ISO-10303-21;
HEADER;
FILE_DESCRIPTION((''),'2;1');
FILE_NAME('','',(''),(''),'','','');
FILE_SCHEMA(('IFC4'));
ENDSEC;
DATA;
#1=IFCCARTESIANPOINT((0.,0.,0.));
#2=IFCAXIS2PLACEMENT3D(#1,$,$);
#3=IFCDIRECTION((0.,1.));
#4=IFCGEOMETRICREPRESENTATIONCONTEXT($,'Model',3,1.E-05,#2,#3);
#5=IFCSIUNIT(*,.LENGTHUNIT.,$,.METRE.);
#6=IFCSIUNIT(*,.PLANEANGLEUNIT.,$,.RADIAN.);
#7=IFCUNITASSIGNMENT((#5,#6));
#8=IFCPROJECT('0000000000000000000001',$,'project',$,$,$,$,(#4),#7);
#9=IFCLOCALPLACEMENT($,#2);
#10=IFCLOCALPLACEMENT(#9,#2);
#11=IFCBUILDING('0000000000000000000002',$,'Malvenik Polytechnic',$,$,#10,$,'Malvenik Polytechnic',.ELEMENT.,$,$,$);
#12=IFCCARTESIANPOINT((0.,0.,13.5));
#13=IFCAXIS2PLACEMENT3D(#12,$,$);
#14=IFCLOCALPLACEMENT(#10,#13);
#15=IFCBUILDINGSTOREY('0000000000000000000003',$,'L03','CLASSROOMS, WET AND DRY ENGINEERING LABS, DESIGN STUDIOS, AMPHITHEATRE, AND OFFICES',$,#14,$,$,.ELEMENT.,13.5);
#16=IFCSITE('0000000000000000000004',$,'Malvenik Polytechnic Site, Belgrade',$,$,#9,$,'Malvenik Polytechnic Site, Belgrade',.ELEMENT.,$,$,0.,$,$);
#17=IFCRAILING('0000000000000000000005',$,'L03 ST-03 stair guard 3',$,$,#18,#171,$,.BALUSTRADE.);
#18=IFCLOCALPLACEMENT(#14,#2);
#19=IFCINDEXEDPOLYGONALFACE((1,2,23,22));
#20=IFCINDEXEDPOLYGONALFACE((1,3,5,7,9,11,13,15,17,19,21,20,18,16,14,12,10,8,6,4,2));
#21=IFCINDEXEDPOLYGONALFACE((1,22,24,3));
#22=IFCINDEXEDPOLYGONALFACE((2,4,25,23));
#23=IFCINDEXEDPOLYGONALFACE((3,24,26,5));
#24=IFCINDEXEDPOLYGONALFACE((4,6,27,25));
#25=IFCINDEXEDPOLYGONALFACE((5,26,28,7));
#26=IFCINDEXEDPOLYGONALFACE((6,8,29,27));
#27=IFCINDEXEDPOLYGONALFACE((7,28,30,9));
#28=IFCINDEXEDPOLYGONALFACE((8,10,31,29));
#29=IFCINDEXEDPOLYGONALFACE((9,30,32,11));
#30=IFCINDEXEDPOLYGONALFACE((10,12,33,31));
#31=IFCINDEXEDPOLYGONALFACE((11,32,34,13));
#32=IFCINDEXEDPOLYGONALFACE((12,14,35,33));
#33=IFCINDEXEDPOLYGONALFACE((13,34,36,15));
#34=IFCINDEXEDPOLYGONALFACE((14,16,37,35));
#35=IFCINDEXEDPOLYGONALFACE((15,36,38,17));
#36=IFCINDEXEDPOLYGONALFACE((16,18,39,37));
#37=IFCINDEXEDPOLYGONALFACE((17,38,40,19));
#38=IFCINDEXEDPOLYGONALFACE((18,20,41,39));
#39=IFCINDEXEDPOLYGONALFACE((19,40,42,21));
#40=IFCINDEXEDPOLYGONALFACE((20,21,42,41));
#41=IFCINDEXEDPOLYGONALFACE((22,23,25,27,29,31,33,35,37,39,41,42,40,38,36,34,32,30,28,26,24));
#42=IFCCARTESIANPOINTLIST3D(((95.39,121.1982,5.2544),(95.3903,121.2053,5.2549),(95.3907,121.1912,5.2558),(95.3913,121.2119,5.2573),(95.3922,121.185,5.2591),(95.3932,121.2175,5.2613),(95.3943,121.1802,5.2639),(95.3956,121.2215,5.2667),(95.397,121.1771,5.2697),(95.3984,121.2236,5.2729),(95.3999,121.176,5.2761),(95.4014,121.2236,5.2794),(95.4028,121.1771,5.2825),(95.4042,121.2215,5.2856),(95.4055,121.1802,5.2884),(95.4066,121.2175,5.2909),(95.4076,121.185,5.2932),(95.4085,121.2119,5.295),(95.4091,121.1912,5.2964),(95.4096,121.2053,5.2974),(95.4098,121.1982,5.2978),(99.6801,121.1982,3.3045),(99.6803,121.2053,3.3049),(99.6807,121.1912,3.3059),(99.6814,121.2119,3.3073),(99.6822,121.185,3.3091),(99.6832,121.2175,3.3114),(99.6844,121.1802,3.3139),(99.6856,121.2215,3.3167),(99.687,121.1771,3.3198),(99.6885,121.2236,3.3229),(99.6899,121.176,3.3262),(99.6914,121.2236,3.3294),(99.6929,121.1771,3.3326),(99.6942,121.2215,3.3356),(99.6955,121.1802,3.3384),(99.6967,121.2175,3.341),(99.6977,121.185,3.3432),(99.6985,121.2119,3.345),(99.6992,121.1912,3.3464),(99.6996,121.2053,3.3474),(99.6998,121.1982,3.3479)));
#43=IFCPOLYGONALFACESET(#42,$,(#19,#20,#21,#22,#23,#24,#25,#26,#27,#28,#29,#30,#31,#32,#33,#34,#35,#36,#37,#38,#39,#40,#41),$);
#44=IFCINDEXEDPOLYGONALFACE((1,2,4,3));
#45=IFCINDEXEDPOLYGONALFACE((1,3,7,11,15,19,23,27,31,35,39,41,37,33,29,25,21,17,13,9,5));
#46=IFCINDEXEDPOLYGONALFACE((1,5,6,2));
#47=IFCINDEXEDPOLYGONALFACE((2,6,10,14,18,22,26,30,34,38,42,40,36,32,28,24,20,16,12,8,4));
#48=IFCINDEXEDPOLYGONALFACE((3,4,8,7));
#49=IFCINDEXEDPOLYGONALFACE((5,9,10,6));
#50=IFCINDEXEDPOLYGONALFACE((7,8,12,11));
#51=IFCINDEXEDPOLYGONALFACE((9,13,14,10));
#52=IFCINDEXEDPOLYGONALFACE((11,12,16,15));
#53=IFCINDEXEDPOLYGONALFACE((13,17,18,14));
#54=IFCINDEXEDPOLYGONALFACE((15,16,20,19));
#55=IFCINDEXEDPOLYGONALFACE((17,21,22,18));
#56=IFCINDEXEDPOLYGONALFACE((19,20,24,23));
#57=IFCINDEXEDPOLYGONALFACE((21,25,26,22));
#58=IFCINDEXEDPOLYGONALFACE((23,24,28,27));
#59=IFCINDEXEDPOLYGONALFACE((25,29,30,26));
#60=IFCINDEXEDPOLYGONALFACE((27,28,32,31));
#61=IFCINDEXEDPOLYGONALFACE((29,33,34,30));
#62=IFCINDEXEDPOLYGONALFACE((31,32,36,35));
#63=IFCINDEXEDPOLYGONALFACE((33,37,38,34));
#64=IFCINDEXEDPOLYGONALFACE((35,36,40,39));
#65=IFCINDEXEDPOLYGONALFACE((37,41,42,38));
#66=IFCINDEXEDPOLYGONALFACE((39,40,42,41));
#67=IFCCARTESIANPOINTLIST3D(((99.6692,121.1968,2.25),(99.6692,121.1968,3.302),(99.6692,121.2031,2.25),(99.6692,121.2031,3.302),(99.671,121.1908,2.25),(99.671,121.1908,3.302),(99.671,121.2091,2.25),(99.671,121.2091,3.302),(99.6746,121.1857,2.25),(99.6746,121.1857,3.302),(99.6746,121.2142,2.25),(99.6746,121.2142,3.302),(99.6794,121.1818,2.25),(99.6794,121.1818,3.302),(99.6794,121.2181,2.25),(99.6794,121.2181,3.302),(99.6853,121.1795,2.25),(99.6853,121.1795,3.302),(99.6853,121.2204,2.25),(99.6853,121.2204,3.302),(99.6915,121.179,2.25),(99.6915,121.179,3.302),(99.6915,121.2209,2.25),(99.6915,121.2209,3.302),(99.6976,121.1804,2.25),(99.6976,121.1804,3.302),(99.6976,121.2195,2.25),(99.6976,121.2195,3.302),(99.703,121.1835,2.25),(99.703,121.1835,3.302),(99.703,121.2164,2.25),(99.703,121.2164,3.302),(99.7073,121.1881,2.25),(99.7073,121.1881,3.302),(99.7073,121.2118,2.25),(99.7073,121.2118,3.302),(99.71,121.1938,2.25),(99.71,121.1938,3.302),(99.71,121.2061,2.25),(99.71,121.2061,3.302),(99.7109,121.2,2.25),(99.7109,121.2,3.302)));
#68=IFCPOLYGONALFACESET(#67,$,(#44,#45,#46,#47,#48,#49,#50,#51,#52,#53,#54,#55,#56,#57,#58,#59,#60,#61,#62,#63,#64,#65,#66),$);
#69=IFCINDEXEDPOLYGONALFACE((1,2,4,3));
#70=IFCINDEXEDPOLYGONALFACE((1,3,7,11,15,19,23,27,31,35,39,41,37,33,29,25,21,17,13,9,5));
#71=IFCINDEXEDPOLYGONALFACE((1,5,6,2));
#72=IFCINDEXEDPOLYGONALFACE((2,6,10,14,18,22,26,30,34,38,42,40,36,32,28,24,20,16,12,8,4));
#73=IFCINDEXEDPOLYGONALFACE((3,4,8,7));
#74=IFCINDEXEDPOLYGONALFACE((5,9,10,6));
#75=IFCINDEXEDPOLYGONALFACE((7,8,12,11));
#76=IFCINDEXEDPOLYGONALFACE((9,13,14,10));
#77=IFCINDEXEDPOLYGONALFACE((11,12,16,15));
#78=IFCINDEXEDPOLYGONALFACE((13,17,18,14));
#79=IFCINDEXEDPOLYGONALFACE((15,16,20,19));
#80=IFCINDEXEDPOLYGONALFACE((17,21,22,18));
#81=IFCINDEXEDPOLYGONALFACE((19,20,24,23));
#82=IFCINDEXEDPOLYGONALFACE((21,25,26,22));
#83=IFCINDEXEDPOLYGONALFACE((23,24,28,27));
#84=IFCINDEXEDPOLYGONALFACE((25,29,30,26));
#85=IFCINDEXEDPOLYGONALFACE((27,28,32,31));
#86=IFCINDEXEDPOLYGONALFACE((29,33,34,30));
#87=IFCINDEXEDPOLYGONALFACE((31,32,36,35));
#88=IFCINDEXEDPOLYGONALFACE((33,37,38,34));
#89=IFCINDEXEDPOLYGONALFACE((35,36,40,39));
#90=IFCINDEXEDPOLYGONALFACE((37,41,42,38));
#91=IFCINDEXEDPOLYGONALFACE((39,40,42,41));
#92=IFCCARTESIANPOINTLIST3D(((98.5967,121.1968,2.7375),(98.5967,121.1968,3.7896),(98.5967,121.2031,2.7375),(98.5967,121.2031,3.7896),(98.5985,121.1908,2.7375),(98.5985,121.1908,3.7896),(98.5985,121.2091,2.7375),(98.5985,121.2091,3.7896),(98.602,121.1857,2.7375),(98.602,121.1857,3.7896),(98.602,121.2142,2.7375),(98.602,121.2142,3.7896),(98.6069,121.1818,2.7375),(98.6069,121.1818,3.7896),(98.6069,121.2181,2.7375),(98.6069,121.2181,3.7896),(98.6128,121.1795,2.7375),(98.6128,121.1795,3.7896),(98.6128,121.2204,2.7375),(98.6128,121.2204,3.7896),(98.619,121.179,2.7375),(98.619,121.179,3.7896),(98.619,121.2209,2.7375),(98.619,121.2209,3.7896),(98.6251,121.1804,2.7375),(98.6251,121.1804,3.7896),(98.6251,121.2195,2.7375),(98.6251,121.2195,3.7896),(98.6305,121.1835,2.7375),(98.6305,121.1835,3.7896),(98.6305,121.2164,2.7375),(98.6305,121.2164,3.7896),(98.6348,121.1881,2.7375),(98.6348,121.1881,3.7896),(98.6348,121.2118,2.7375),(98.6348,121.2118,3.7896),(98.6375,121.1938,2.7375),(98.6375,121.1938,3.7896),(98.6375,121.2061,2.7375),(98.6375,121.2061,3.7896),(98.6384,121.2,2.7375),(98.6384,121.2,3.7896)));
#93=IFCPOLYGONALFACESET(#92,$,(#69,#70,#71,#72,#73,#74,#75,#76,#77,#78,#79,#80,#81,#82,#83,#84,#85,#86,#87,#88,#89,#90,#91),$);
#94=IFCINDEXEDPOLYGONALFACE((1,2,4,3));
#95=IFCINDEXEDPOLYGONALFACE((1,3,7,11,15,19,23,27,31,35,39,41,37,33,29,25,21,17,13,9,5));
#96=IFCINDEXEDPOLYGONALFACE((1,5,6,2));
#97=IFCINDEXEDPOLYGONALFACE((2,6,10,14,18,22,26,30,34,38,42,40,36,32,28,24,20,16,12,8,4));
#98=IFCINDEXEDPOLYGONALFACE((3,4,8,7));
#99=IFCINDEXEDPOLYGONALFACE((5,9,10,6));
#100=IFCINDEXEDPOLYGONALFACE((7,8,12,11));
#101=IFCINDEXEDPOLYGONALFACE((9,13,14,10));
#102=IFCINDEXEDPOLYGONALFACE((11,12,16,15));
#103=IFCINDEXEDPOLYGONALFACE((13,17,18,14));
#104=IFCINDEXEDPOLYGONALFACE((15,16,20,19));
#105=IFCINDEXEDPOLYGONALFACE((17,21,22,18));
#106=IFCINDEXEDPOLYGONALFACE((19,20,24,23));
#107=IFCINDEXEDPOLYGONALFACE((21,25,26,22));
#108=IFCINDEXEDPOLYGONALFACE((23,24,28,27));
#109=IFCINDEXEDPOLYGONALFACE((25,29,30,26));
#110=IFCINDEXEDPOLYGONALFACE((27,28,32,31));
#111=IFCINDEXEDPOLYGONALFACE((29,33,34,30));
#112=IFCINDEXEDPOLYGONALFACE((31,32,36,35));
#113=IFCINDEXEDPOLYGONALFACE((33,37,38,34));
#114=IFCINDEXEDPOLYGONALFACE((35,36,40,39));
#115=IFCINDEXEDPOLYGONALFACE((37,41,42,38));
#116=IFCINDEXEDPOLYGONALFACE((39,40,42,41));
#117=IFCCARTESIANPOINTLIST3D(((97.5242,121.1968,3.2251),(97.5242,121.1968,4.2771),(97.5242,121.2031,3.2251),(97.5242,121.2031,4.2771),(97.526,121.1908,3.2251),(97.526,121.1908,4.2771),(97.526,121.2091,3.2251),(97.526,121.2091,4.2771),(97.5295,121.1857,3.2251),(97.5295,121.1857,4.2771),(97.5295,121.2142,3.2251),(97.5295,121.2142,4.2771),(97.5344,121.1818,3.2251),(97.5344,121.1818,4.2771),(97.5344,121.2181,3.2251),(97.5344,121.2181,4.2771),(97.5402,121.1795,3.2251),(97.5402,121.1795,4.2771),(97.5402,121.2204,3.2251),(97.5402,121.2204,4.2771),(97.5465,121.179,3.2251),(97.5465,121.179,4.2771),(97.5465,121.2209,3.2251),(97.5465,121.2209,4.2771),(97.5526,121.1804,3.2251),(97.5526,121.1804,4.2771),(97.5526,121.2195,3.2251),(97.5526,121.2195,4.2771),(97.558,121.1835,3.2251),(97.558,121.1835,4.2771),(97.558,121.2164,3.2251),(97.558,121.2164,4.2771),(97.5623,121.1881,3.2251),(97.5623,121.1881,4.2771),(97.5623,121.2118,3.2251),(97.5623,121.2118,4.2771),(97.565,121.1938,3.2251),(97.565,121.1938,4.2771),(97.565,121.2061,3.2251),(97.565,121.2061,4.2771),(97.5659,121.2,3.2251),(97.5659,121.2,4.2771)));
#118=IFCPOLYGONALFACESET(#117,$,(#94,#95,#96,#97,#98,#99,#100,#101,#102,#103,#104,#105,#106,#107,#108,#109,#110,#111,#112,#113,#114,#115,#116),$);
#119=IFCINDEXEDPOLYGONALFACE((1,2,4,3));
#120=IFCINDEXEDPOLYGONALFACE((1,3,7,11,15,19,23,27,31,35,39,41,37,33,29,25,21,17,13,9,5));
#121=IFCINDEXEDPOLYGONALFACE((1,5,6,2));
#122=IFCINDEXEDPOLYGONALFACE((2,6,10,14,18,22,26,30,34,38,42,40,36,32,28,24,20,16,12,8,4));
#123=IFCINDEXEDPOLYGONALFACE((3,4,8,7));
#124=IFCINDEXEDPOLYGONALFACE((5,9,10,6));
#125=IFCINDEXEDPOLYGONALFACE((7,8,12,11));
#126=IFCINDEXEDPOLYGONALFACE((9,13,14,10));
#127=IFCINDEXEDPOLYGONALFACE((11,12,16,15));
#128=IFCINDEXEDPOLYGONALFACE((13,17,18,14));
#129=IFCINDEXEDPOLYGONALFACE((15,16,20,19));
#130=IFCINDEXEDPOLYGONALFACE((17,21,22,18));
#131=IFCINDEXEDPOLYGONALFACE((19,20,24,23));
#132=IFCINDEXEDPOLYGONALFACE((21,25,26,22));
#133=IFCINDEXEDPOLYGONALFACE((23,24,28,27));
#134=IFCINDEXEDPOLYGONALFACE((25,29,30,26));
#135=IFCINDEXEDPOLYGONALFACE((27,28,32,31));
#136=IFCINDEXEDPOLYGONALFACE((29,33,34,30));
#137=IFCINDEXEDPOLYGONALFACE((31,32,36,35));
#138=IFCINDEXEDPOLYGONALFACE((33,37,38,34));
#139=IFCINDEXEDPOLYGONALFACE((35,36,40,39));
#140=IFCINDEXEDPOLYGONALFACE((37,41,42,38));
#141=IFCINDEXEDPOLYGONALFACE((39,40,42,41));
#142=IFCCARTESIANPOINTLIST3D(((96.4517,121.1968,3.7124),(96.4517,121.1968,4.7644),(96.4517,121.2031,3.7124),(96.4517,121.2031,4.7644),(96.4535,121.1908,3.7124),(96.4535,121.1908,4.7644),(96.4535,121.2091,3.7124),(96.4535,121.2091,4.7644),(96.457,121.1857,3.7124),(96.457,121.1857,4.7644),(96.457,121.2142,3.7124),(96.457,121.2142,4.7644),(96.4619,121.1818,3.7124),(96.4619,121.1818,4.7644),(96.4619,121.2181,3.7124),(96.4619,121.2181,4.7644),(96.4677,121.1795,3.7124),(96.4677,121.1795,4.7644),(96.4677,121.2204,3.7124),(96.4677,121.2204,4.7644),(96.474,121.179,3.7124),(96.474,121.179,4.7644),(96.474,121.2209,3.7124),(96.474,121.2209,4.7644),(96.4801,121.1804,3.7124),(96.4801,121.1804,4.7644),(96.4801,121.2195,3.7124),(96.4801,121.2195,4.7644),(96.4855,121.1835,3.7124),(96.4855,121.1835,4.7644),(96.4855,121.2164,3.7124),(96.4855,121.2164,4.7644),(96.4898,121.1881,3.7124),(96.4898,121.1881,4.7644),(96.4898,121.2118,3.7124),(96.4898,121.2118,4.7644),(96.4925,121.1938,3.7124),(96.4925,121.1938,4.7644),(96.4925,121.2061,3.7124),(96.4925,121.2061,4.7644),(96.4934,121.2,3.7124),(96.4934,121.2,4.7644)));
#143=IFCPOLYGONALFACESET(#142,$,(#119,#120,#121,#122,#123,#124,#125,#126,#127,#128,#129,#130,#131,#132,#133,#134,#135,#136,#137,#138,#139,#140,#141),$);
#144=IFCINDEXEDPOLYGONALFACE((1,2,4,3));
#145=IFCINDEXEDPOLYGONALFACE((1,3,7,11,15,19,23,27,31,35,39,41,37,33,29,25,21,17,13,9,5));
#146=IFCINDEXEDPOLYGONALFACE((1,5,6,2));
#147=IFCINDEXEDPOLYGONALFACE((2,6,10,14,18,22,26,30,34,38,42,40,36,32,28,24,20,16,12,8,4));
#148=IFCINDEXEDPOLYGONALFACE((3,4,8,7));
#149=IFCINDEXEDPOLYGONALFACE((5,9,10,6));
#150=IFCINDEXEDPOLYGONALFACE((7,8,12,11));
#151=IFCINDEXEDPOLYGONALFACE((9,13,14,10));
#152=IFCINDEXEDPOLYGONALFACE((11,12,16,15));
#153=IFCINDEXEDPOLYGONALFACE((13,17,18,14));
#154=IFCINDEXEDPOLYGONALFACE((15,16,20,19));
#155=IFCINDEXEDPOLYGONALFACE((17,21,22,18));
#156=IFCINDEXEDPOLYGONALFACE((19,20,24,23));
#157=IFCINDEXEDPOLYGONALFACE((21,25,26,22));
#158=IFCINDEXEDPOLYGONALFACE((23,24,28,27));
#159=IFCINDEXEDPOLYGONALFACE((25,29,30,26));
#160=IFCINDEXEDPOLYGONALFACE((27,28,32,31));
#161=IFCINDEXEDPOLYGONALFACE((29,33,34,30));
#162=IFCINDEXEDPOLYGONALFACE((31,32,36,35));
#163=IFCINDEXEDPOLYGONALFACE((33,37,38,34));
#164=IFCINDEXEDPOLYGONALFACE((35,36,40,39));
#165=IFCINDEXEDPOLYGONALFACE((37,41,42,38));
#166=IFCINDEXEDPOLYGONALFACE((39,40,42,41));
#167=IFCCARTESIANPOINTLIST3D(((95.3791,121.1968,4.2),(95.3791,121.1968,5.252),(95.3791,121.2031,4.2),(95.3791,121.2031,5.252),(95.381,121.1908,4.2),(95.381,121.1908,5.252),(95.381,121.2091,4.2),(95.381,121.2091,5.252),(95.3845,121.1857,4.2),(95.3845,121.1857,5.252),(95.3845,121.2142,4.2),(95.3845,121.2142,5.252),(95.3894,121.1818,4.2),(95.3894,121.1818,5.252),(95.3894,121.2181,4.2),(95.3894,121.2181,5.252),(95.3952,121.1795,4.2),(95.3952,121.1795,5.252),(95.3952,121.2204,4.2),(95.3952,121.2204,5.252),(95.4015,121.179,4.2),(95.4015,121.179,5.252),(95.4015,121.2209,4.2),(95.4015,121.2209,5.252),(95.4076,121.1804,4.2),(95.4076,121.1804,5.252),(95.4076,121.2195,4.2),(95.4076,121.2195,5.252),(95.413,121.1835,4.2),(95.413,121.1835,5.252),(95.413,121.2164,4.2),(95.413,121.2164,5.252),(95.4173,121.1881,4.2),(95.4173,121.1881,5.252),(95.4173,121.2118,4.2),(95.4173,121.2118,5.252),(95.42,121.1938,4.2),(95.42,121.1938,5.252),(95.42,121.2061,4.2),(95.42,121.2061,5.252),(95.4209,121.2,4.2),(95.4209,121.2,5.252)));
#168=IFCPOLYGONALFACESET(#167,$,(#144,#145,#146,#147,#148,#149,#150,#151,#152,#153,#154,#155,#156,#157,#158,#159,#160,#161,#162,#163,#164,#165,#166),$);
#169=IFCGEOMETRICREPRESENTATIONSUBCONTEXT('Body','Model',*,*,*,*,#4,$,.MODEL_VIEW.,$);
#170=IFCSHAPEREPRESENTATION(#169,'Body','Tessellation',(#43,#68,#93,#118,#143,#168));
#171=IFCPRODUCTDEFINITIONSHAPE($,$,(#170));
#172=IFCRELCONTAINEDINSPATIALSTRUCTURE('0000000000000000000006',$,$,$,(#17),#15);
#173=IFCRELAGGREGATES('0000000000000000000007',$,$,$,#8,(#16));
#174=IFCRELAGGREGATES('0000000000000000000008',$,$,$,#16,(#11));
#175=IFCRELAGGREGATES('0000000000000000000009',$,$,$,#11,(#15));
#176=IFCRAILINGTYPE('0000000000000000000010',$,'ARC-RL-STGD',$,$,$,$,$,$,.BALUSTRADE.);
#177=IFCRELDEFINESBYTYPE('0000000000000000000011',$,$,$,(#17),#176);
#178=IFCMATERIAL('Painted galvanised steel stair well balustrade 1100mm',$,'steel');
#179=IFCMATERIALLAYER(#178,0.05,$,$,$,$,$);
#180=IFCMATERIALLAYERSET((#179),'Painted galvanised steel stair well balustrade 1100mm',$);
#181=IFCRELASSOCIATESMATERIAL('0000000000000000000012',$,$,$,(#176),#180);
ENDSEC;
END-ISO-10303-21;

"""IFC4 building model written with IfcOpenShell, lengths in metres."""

from ifc_helpers import new_model, si_unit, direction, frame, origin, origin_2d, place, context, subcontext, project, spatial, circle, extrude, material, layer, layer_set, type_object, element, save


model = new_model("IFC4")

# Units and contexts
model_context = context("Model", 3, precision=1e-05, world=origin(), true_north=direction((0.0, 1.0)))
body_context = subcontext(model_context, "Body", "Model", "MODEL_VIEW")
ifc_project = project(units=[si_unit("LENGTHUNIT", "METRE"), si_unit("PLANEANGLEUNIT", "RADIAN")], contexts=[model_context])

# Site, building, storey
site_placement = place(None, origin())
site = spatial("IfcSite", under=ifc_project, at=site_placement, Name="Malvenik Polytechnic Site, Belgrade", LongName="Malvenik Polytechnic Site, Belgrade", CompositionType="ELEMENT", RefElevation=0.0)
building_placement = place(site_placement, origin())
building = spatial("IfcBuilding", under=site, at=building_placement, Name="Malvenik Polytechnic", LongName="Malvenik Polytechnic", CompositionType="ELEMENT")
storey_placement = place(building_placement, frame((0.0, 0.0, 13.5)))
storey = spatial("IfcBuildingStorey", under=building, at=storey_placement, Name="L03", Description="CLASSROOMS, WET AND DRY ENGINEERING LABS, DESIGN STUDIOS, AMPHITHEATRE, AND OFFICES", CompositionType="ELEMENT", Elevation=13.5)

# Railing
ifc_material_1 = material(Name="Painted galvanised steel stair well balustrade 1100mm", Category="steel")
ifc_layer_1 = layer(ifc_material_1, 0.05)
ifc_layer_set_1 = layer_set([ifc_layer_1], Name="Painted galvanised steel stair well balustrade 1100mm")
railing_type_1 = type_object("IfcRailingType", Name="ARC-RL-STGD", PredefinedType="BALUSTRADE", material=ifc_layer_set_1)
railing_1_placement = place(storey_placement, frame((99.6899, 121.2, 2.25)))
element("IfcRailing", 1, at=railing_1_placement, inside=storey, type_object=railing_type_1, Name="L03 ST-03 stair guard 3", PredefinedType="BALUSTRADE", context=body_context, shape_type="SweptSolid", body=[
    extrude(circle(Radius=0.0239, at=origin_2d()), frame((0.0, 0.0, 1.0762), z_axis=(-0.910372, 0.0, 0.413791), x_axis=(0.0, -1.0, 0.0)), (0.0, 0.0, 1.0), 4.7124),
    extrude(circle(Radius=0.021, at=origin_2d()), origin(), (0.0, 0.0, 1.0), 1.052),
    extrude(circle(Radius=0.021, at=origin_2d()), frame((-1.0725, 0.0, 0.4875)), (0.0, 0.0, 1.0), 1.052),
    extrude(circle(Radius=0.021, at=origin_2d()), frame((-2.145, 0.0, 0.9751)), (0.0, 0.0, 1.0), 1.052),
    extrude(circle(Radius=0.021, at=origin_2d()), frame((-3.2175, 0.0, 1.4624)), (0.0, 0.0, 1.0), 1.052),
    extrude(circle(Radius=0.021, at=origin_2d()), frame((-4.29, 0.0, 1.95)), (0.0, 0.0, 1.0), 1.052),
])

save(model, "model.ifc")
